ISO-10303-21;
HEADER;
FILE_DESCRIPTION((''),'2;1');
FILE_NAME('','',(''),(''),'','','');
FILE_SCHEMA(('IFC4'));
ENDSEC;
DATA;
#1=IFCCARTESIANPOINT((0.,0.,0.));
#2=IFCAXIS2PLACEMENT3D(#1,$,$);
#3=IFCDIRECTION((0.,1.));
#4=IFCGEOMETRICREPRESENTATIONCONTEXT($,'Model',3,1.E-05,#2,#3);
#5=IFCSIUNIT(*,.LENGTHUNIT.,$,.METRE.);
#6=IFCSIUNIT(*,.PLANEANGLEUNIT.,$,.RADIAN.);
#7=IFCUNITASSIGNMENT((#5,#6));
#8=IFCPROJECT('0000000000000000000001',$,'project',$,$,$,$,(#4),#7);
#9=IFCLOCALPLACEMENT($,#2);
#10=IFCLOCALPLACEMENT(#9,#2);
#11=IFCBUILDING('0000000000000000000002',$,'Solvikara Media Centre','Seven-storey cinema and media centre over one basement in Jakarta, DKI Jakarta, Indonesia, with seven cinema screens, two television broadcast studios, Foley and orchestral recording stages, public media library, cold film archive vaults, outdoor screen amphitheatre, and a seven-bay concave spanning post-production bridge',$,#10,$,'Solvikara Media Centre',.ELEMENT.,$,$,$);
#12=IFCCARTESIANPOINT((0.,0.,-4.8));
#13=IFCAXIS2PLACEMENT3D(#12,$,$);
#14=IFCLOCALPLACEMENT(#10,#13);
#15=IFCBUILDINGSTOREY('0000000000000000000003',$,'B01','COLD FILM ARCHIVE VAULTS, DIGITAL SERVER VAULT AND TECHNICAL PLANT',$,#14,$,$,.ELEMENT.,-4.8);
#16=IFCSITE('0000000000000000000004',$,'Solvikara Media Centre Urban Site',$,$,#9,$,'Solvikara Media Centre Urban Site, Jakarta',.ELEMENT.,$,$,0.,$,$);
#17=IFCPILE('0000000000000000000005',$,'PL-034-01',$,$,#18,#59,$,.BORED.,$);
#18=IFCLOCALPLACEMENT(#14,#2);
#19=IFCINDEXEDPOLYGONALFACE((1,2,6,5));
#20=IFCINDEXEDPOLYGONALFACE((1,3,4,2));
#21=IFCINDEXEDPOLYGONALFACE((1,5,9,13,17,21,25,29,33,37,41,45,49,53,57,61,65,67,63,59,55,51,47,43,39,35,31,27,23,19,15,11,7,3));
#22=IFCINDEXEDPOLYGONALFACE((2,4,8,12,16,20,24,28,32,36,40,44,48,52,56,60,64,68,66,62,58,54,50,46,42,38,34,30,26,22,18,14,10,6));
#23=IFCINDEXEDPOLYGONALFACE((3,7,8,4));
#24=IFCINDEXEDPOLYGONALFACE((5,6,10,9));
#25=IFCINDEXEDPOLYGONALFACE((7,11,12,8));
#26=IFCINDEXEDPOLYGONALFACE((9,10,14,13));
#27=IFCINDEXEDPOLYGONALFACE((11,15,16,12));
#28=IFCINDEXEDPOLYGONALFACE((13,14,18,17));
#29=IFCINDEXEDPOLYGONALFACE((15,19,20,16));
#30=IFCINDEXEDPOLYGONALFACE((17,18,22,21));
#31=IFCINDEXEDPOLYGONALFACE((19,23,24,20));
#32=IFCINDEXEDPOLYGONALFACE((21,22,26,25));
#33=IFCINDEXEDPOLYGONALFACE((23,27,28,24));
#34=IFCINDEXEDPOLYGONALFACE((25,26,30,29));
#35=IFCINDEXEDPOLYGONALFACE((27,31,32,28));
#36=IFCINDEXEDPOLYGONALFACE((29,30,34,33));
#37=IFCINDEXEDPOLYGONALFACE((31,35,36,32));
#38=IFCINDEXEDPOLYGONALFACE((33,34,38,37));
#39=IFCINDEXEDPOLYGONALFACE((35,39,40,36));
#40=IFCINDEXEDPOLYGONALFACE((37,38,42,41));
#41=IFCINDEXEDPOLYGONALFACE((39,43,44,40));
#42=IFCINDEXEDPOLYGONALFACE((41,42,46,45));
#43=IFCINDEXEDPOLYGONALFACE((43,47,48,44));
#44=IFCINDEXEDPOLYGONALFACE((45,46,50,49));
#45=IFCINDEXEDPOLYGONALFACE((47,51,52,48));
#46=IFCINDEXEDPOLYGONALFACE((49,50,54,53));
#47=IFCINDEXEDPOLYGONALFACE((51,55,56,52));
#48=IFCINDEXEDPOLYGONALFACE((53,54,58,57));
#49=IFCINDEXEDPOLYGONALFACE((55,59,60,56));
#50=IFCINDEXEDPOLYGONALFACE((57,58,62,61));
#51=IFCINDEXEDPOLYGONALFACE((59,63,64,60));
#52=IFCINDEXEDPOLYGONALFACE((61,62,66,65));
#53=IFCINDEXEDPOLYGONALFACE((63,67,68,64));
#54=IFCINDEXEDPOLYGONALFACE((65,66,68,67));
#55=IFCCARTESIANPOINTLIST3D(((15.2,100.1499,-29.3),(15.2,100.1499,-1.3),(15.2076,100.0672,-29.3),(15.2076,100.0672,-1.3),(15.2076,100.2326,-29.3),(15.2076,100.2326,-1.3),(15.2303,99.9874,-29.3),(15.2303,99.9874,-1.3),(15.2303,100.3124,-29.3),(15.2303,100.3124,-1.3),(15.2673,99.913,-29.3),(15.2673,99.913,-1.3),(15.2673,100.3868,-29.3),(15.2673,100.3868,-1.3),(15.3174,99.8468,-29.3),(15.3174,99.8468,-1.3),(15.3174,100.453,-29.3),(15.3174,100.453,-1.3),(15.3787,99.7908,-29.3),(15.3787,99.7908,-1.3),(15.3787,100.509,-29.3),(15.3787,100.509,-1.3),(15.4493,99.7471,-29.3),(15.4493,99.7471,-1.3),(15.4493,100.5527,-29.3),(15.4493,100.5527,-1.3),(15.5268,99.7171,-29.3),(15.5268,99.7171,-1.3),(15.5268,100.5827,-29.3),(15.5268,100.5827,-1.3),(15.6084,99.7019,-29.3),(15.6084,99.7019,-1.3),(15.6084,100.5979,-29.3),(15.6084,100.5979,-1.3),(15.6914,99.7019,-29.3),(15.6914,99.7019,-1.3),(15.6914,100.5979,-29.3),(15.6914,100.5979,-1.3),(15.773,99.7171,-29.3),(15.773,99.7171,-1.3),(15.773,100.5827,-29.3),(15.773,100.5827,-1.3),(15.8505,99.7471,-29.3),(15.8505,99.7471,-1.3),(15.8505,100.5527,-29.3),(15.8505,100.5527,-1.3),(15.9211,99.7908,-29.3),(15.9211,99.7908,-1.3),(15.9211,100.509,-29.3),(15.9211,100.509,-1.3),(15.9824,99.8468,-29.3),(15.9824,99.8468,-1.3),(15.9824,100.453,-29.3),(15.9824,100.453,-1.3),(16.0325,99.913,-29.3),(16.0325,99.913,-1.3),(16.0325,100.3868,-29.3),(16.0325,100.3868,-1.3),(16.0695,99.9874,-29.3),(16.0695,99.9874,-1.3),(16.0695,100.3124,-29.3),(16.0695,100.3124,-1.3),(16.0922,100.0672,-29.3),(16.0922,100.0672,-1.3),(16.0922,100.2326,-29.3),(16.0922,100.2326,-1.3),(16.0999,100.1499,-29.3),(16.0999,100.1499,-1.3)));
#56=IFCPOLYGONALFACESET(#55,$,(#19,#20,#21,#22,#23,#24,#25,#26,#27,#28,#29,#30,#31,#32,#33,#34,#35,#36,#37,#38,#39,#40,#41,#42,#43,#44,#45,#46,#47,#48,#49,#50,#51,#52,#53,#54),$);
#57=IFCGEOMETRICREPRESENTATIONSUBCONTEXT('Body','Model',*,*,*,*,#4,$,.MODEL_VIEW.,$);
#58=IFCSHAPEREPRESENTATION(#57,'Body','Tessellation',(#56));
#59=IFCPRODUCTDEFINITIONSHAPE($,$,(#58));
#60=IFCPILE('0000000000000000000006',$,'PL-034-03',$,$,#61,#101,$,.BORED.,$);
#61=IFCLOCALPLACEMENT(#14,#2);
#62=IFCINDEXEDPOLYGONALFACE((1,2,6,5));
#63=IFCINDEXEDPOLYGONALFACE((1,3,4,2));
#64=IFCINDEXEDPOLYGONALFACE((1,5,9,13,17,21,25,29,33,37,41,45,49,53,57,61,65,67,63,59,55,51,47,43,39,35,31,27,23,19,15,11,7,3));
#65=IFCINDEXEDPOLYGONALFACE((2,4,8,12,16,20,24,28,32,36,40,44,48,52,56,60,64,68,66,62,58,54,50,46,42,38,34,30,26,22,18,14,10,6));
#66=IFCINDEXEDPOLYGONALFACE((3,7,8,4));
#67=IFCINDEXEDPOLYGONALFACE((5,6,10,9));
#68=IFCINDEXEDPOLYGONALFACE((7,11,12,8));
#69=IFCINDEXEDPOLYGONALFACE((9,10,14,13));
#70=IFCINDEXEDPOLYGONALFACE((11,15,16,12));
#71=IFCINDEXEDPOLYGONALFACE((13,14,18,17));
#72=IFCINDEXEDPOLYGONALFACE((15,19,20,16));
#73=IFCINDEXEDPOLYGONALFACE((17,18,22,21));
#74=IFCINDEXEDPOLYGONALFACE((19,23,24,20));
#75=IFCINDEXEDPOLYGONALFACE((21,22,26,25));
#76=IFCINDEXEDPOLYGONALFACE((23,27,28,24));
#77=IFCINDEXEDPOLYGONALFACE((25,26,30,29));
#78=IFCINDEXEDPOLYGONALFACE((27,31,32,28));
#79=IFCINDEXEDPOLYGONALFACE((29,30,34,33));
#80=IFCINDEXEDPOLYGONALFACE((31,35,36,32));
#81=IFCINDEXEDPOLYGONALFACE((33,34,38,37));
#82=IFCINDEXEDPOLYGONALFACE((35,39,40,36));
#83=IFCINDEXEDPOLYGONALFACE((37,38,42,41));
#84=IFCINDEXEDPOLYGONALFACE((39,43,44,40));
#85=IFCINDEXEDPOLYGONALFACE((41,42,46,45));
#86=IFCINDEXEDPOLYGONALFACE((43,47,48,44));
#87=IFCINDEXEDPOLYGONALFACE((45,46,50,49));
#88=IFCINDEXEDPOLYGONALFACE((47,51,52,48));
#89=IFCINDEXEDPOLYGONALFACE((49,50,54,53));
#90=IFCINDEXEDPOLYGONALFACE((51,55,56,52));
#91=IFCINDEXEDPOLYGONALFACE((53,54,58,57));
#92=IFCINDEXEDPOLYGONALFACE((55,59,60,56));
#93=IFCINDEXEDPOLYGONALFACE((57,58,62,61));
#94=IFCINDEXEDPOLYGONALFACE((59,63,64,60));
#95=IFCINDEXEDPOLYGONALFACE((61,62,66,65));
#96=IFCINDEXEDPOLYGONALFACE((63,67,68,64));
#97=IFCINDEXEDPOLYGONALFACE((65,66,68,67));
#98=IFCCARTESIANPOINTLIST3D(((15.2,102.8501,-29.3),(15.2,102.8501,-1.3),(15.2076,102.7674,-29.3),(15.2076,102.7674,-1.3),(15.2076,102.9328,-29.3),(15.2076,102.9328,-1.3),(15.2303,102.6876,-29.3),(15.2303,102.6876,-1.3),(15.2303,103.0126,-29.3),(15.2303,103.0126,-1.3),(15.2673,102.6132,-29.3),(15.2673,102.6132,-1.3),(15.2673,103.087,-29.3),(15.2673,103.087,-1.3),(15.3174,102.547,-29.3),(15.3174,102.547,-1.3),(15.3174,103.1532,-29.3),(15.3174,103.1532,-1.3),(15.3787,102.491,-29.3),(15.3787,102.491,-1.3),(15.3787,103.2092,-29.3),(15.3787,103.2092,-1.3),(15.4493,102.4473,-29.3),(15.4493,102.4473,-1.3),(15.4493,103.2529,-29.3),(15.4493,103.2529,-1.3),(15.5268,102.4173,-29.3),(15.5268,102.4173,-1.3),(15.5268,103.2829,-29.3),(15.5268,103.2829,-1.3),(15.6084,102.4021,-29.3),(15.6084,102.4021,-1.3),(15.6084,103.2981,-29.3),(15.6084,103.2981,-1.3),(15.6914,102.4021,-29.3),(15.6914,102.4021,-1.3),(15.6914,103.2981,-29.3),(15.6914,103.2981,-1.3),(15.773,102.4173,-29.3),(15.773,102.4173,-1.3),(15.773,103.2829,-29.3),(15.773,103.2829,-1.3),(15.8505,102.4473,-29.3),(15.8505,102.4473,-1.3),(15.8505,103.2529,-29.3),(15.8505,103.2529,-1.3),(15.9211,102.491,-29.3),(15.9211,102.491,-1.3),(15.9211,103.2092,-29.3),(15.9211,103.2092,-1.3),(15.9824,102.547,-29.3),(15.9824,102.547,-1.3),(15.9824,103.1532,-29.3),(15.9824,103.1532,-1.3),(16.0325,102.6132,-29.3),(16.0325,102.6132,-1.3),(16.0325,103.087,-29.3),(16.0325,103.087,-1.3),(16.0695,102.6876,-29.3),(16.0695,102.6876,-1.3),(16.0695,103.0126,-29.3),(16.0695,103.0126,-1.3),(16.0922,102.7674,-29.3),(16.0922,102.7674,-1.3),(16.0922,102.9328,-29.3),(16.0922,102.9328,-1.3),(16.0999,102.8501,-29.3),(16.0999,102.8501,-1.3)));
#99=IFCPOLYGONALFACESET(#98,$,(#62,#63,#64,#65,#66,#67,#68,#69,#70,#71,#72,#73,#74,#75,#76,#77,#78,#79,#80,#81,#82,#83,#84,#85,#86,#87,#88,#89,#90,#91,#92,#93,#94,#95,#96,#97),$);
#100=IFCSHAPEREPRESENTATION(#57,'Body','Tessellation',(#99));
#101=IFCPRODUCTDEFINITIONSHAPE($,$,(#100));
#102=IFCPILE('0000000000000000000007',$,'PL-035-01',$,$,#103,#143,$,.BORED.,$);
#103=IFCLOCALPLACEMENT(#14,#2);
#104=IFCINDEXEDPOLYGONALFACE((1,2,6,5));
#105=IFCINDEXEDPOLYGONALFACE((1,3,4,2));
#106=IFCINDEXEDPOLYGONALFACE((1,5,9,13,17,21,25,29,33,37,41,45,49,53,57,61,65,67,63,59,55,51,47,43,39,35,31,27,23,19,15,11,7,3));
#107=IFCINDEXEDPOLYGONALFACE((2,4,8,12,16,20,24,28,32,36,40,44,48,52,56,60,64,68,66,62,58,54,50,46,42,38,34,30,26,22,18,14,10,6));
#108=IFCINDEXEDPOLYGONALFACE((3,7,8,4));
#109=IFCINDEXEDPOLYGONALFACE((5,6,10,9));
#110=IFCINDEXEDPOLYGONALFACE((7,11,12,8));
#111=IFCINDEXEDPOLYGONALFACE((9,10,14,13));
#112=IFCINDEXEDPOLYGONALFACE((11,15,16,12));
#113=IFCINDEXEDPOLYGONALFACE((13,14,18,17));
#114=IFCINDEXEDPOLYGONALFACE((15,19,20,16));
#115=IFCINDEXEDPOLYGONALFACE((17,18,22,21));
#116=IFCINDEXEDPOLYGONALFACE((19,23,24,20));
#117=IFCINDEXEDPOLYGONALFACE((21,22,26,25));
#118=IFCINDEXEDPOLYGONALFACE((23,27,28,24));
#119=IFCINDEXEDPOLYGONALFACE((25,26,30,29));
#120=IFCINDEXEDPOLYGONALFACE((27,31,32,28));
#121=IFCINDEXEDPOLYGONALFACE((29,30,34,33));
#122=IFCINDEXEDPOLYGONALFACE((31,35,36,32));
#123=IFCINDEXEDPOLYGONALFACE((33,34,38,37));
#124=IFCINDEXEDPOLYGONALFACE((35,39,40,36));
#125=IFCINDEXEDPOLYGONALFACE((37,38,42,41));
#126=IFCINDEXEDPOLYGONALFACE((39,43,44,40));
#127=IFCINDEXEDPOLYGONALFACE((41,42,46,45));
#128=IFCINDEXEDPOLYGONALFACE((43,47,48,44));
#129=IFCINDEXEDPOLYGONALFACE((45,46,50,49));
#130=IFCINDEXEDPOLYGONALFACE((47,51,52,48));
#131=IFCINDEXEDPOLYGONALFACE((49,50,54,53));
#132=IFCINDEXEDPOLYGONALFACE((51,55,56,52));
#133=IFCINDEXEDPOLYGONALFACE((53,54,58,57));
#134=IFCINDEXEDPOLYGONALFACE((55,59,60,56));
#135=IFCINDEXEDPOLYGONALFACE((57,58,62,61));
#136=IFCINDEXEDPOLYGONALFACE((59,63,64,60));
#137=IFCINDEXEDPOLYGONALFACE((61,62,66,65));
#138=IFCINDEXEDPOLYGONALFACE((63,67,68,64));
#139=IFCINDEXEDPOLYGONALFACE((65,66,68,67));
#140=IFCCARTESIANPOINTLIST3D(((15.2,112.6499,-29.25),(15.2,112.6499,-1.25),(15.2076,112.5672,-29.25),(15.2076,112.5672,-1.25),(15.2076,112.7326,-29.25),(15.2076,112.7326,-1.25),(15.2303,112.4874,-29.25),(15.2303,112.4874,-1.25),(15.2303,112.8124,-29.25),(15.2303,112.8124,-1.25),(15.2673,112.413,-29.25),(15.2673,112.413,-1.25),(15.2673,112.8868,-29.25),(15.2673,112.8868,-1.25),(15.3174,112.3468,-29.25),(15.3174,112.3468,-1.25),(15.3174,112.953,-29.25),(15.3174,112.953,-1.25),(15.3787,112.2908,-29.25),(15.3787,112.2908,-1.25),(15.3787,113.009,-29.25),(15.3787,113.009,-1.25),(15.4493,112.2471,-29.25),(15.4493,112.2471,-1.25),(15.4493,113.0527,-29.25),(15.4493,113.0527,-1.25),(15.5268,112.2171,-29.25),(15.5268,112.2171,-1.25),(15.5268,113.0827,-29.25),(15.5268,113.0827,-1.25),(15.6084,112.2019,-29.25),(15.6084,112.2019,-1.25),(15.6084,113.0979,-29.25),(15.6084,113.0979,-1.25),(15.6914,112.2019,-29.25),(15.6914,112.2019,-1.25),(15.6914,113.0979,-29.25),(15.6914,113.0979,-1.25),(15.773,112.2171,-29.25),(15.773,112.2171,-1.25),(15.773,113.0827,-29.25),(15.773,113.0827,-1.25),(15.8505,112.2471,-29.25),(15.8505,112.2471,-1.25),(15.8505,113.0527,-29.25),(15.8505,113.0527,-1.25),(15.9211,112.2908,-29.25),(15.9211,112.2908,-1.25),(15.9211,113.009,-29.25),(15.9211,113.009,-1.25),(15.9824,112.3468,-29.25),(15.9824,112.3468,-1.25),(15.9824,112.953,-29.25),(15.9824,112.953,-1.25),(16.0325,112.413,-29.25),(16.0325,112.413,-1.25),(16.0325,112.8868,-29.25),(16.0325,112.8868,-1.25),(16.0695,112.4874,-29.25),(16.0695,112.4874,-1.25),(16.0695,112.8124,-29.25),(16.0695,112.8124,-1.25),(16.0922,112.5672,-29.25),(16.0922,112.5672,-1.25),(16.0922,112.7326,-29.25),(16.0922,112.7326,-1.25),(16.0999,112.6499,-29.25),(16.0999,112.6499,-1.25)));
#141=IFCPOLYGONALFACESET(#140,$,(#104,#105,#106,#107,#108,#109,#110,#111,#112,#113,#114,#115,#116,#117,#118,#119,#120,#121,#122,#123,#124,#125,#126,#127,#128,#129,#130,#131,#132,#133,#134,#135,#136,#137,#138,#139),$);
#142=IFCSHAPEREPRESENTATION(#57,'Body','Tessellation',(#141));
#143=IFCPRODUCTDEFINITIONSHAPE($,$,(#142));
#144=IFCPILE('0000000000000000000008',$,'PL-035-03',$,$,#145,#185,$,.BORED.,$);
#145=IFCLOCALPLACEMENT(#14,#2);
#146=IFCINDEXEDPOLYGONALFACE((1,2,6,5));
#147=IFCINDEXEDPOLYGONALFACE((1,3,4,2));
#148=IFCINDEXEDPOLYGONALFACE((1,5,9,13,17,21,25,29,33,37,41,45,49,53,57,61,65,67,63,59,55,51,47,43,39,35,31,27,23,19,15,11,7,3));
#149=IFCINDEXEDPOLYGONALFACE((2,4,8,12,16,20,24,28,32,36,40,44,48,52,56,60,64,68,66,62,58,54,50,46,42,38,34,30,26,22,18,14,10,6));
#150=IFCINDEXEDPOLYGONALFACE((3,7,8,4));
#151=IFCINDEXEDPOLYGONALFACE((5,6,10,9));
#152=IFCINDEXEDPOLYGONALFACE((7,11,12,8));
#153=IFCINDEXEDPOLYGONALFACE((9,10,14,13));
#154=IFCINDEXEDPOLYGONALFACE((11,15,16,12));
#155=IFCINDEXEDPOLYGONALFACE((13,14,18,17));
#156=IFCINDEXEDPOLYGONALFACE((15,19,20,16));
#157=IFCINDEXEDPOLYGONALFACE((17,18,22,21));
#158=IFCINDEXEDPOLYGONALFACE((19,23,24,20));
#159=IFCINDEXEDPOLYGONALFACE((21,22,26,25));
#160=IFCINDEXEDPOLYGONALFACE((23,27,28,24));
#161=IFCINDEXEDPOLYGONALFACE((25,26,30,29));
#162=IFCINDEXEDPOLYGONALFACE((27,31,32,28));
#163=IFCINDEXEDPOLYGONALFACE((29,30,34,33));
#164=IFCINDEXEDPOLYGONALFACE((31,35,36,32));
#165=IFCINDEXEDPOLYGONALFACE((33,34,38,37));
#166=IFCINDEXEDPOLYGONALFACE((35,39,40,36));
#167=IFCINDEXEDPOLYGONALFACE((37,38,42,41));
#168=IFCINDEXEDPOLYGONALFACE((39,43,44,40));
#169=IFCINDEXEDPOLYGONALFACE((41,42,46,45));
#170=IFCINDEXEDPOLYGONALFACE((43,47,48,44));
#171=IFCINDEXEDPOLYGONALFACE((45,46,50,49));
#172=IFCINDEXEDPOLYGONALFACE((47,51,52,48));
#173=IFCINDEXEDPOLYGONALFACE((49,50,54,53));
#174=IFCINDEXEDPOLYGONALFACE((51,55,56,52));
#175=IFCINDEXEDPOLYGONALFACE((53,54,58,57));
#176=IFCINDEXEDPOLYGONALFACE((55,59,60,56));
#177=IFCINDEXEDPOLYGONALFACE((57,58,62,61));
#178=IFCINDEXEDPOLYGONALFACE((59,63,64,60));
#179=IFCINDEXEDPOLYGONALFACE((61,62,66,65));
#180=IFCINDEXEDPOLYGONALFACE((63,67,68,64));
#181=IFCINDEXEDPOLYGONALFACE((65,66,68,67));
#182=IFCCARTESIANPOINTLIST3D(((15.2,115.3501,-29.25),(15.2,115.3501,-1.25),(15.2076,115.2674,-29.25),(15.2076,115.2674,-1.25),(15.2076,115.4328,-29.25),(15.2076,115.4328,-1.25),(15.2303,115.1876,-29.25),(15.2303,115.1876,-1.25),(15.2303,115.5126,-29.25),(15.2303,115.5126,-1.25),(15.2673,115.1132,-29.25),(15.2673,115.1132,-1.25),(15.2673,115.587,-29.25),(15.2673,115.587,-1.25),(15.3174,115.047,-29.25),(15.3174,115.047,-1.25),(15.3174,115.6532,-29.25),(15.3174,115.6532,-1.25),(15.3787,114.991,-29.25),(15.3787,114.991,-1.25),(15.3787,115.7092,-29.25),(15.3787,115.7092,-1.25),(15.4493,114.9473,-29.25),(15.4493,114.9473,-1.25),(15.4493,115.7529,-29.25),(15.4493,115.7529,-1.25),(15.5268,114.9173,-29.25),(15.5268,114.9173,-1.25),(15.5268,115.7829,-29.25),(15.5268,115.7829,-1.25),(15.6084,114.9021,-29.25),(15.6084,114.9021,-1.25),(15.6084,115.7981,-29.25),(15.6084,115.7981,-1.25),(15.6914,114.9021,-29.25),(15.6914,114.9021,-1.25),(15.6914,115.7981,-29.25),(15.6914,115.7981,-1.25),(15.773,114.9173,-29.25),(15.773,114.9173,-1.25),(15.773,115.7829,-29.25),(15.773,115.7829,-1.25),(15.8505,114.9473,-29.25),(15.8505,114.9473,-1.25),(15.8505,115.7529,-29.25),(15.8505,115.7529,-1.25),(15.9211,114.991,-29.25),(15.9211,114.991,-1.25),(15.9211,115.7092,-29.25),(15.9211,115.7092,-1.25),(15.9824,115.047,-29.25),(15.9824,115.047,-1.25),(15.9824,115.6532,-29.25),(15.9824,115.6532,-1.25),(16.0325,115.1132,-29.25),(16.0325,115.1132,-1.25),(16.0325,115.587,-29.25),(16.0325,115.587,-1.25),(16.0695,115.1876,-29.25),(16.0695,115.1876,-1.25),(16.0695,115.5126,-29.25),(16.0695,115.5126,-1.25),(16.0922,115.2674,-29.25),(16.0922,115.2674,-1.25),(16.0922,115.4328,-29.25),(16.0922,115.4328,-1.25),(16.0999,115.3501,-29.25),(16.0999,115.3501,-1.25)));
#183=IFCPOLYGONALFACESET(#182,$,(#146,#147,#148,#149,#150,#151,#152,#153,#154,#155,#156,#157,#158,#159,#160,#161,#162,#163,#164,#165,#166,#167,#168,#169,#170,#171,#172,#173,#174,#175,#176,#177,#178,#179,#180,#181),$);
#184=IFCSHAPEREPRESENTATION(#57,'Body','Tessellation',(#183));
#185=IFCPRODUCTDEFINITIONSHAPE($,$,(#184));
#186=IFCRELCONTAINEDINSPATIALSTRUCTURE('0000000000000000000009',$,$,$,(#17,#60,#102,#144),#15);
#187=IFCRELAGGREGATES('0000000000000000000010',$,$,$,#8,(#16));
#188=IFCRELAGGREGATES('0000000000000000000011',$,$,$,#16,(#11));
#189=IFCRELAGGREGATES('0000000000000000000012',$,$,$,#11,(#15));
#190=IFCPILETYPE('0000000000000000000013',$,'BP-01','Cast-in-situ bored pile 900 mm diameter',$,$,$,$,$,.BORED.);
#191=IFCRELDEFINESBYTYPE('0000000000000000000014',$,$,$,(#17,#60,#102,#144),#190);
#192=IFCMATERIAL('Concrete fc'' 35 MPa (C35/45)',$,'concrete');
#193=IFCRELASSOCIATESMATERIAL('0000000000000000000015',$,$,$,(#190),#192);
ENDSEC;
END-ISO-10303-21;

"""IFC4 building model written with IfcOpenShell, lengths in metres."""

from ifc_helpers import new_model, si_unit, direction, frame, origin, origin_2d, place, context, subcontext, project, spatial, circle, extrude, material, material_profile, profile_set, type_object, element, save


model = new_model("IFC4")

# Units and contexts
model_context = context("Model", 3, precision=1e-05, world=origin(), true_north=direction((0.0, 1.0)))
body_context = subcontext(model_context, "Body", "Model", "MODEL_VIEW")
ifc_project = project(units=[si_unit("LENGTHUNIT", "METRE"), si_unit("PLANEANGLEUNIT", "RADIAN")], contexts=[model_context])

# Site, building, storey
site_placement = place(None, origin())
site = spatial("IfcSite", under=ifc_project, at=site_placement, Name="Solvikara Media Centre Urban Site", LongName="Solvikara Media Centre Urban Site, Jakarta", CompositionType="ELEMENT", RefElevation=0.0)
building_placement = place(site_placement, origin())
building = spatial("IfcBuilding", under=site, at=building_placement, Name="Solvikara Media Centre", Description="Seven-storey cinema and media centre over one basement in Jakarta, DKI Jakarta, Indonesia, with seven cinema screens, two television broadcast studios, Foley and orchestral recording stages, public media library, cold film archive vaults, outdoor screen amphitheatre, and a seven-bay concave spanning post-production bridge", LongName="Solvikara Media Centre", CompositionType="ELEMENT")
storey_placement = place(building_placement, frame((0.0, 0.0, -4.8)))
storey = spatial("IfcBuildingStorey", under=building, at=storey_placement, Name="B01", Description="COLD FILM ARCHIVE VAULTS, DIGITAL SERVER VAULT AND TECHNICAL PLANT", CompositionType="ELEMENT", Elevation=-4.8)

# Piles
ifc_material_1 = material(Name="Concrete fc' 35 MPa (C35/45)", Category="concrete")
ifc_material_profile_1 = material_profile(ifc_material_1, circle(Radius=0.45, at=origin_2d()), Name="BORED PILE D900")
ifc_profile_set_1 = profile_set([ifc_material_profile_1], Name="Concrete fc' 35 MPa (C35/45)")
pile_type_1 = type_object("IfcPileType", Name="BP-01", Description="Cast-in-situ bored pile 900 mm diameter", PredefinedType="BORED", material=ifc_profile_set_1)
for number, where, z_axis, x_axis, name in (
    (1, (15.6499, 100.1499, -1.3), (0.0, 0.0, -1.0), (1.0, 0.0, 0.0), "PL-034-01"),
    (2, (15.6499, 102.8501, -1.3), (0.0, 0.0, -1.0), (1.0, 0.0, 0.0), "PL-034-03"),
    (3, (15.6499, 112.6499, -1.25), (0.0, 0.0, -1.0), (1.0, 0.0, 0.0), "PL-035-01"),
    (4, (15.6499, 115.3501, -1.25), (0.0, 0.0, -1.0), (1.0, 0.0, 0.0), "PL-035-03"),
):
    element("IfcPile", number, at=place(storey_placement, frame(where, z_axis=z_axis, x_axis=x_axis)), inside=storey, type_object=pile_type_1, Name=name, PredefinedType="BORED", context=body_context, shape_type="SweptSolid", body=[
        extrude(circle(Radius=0.45, at=origin_2d()), origin(), (0.0, 0.0, 1.0), 28.0),
    ])

save(model, "model.ifc")
